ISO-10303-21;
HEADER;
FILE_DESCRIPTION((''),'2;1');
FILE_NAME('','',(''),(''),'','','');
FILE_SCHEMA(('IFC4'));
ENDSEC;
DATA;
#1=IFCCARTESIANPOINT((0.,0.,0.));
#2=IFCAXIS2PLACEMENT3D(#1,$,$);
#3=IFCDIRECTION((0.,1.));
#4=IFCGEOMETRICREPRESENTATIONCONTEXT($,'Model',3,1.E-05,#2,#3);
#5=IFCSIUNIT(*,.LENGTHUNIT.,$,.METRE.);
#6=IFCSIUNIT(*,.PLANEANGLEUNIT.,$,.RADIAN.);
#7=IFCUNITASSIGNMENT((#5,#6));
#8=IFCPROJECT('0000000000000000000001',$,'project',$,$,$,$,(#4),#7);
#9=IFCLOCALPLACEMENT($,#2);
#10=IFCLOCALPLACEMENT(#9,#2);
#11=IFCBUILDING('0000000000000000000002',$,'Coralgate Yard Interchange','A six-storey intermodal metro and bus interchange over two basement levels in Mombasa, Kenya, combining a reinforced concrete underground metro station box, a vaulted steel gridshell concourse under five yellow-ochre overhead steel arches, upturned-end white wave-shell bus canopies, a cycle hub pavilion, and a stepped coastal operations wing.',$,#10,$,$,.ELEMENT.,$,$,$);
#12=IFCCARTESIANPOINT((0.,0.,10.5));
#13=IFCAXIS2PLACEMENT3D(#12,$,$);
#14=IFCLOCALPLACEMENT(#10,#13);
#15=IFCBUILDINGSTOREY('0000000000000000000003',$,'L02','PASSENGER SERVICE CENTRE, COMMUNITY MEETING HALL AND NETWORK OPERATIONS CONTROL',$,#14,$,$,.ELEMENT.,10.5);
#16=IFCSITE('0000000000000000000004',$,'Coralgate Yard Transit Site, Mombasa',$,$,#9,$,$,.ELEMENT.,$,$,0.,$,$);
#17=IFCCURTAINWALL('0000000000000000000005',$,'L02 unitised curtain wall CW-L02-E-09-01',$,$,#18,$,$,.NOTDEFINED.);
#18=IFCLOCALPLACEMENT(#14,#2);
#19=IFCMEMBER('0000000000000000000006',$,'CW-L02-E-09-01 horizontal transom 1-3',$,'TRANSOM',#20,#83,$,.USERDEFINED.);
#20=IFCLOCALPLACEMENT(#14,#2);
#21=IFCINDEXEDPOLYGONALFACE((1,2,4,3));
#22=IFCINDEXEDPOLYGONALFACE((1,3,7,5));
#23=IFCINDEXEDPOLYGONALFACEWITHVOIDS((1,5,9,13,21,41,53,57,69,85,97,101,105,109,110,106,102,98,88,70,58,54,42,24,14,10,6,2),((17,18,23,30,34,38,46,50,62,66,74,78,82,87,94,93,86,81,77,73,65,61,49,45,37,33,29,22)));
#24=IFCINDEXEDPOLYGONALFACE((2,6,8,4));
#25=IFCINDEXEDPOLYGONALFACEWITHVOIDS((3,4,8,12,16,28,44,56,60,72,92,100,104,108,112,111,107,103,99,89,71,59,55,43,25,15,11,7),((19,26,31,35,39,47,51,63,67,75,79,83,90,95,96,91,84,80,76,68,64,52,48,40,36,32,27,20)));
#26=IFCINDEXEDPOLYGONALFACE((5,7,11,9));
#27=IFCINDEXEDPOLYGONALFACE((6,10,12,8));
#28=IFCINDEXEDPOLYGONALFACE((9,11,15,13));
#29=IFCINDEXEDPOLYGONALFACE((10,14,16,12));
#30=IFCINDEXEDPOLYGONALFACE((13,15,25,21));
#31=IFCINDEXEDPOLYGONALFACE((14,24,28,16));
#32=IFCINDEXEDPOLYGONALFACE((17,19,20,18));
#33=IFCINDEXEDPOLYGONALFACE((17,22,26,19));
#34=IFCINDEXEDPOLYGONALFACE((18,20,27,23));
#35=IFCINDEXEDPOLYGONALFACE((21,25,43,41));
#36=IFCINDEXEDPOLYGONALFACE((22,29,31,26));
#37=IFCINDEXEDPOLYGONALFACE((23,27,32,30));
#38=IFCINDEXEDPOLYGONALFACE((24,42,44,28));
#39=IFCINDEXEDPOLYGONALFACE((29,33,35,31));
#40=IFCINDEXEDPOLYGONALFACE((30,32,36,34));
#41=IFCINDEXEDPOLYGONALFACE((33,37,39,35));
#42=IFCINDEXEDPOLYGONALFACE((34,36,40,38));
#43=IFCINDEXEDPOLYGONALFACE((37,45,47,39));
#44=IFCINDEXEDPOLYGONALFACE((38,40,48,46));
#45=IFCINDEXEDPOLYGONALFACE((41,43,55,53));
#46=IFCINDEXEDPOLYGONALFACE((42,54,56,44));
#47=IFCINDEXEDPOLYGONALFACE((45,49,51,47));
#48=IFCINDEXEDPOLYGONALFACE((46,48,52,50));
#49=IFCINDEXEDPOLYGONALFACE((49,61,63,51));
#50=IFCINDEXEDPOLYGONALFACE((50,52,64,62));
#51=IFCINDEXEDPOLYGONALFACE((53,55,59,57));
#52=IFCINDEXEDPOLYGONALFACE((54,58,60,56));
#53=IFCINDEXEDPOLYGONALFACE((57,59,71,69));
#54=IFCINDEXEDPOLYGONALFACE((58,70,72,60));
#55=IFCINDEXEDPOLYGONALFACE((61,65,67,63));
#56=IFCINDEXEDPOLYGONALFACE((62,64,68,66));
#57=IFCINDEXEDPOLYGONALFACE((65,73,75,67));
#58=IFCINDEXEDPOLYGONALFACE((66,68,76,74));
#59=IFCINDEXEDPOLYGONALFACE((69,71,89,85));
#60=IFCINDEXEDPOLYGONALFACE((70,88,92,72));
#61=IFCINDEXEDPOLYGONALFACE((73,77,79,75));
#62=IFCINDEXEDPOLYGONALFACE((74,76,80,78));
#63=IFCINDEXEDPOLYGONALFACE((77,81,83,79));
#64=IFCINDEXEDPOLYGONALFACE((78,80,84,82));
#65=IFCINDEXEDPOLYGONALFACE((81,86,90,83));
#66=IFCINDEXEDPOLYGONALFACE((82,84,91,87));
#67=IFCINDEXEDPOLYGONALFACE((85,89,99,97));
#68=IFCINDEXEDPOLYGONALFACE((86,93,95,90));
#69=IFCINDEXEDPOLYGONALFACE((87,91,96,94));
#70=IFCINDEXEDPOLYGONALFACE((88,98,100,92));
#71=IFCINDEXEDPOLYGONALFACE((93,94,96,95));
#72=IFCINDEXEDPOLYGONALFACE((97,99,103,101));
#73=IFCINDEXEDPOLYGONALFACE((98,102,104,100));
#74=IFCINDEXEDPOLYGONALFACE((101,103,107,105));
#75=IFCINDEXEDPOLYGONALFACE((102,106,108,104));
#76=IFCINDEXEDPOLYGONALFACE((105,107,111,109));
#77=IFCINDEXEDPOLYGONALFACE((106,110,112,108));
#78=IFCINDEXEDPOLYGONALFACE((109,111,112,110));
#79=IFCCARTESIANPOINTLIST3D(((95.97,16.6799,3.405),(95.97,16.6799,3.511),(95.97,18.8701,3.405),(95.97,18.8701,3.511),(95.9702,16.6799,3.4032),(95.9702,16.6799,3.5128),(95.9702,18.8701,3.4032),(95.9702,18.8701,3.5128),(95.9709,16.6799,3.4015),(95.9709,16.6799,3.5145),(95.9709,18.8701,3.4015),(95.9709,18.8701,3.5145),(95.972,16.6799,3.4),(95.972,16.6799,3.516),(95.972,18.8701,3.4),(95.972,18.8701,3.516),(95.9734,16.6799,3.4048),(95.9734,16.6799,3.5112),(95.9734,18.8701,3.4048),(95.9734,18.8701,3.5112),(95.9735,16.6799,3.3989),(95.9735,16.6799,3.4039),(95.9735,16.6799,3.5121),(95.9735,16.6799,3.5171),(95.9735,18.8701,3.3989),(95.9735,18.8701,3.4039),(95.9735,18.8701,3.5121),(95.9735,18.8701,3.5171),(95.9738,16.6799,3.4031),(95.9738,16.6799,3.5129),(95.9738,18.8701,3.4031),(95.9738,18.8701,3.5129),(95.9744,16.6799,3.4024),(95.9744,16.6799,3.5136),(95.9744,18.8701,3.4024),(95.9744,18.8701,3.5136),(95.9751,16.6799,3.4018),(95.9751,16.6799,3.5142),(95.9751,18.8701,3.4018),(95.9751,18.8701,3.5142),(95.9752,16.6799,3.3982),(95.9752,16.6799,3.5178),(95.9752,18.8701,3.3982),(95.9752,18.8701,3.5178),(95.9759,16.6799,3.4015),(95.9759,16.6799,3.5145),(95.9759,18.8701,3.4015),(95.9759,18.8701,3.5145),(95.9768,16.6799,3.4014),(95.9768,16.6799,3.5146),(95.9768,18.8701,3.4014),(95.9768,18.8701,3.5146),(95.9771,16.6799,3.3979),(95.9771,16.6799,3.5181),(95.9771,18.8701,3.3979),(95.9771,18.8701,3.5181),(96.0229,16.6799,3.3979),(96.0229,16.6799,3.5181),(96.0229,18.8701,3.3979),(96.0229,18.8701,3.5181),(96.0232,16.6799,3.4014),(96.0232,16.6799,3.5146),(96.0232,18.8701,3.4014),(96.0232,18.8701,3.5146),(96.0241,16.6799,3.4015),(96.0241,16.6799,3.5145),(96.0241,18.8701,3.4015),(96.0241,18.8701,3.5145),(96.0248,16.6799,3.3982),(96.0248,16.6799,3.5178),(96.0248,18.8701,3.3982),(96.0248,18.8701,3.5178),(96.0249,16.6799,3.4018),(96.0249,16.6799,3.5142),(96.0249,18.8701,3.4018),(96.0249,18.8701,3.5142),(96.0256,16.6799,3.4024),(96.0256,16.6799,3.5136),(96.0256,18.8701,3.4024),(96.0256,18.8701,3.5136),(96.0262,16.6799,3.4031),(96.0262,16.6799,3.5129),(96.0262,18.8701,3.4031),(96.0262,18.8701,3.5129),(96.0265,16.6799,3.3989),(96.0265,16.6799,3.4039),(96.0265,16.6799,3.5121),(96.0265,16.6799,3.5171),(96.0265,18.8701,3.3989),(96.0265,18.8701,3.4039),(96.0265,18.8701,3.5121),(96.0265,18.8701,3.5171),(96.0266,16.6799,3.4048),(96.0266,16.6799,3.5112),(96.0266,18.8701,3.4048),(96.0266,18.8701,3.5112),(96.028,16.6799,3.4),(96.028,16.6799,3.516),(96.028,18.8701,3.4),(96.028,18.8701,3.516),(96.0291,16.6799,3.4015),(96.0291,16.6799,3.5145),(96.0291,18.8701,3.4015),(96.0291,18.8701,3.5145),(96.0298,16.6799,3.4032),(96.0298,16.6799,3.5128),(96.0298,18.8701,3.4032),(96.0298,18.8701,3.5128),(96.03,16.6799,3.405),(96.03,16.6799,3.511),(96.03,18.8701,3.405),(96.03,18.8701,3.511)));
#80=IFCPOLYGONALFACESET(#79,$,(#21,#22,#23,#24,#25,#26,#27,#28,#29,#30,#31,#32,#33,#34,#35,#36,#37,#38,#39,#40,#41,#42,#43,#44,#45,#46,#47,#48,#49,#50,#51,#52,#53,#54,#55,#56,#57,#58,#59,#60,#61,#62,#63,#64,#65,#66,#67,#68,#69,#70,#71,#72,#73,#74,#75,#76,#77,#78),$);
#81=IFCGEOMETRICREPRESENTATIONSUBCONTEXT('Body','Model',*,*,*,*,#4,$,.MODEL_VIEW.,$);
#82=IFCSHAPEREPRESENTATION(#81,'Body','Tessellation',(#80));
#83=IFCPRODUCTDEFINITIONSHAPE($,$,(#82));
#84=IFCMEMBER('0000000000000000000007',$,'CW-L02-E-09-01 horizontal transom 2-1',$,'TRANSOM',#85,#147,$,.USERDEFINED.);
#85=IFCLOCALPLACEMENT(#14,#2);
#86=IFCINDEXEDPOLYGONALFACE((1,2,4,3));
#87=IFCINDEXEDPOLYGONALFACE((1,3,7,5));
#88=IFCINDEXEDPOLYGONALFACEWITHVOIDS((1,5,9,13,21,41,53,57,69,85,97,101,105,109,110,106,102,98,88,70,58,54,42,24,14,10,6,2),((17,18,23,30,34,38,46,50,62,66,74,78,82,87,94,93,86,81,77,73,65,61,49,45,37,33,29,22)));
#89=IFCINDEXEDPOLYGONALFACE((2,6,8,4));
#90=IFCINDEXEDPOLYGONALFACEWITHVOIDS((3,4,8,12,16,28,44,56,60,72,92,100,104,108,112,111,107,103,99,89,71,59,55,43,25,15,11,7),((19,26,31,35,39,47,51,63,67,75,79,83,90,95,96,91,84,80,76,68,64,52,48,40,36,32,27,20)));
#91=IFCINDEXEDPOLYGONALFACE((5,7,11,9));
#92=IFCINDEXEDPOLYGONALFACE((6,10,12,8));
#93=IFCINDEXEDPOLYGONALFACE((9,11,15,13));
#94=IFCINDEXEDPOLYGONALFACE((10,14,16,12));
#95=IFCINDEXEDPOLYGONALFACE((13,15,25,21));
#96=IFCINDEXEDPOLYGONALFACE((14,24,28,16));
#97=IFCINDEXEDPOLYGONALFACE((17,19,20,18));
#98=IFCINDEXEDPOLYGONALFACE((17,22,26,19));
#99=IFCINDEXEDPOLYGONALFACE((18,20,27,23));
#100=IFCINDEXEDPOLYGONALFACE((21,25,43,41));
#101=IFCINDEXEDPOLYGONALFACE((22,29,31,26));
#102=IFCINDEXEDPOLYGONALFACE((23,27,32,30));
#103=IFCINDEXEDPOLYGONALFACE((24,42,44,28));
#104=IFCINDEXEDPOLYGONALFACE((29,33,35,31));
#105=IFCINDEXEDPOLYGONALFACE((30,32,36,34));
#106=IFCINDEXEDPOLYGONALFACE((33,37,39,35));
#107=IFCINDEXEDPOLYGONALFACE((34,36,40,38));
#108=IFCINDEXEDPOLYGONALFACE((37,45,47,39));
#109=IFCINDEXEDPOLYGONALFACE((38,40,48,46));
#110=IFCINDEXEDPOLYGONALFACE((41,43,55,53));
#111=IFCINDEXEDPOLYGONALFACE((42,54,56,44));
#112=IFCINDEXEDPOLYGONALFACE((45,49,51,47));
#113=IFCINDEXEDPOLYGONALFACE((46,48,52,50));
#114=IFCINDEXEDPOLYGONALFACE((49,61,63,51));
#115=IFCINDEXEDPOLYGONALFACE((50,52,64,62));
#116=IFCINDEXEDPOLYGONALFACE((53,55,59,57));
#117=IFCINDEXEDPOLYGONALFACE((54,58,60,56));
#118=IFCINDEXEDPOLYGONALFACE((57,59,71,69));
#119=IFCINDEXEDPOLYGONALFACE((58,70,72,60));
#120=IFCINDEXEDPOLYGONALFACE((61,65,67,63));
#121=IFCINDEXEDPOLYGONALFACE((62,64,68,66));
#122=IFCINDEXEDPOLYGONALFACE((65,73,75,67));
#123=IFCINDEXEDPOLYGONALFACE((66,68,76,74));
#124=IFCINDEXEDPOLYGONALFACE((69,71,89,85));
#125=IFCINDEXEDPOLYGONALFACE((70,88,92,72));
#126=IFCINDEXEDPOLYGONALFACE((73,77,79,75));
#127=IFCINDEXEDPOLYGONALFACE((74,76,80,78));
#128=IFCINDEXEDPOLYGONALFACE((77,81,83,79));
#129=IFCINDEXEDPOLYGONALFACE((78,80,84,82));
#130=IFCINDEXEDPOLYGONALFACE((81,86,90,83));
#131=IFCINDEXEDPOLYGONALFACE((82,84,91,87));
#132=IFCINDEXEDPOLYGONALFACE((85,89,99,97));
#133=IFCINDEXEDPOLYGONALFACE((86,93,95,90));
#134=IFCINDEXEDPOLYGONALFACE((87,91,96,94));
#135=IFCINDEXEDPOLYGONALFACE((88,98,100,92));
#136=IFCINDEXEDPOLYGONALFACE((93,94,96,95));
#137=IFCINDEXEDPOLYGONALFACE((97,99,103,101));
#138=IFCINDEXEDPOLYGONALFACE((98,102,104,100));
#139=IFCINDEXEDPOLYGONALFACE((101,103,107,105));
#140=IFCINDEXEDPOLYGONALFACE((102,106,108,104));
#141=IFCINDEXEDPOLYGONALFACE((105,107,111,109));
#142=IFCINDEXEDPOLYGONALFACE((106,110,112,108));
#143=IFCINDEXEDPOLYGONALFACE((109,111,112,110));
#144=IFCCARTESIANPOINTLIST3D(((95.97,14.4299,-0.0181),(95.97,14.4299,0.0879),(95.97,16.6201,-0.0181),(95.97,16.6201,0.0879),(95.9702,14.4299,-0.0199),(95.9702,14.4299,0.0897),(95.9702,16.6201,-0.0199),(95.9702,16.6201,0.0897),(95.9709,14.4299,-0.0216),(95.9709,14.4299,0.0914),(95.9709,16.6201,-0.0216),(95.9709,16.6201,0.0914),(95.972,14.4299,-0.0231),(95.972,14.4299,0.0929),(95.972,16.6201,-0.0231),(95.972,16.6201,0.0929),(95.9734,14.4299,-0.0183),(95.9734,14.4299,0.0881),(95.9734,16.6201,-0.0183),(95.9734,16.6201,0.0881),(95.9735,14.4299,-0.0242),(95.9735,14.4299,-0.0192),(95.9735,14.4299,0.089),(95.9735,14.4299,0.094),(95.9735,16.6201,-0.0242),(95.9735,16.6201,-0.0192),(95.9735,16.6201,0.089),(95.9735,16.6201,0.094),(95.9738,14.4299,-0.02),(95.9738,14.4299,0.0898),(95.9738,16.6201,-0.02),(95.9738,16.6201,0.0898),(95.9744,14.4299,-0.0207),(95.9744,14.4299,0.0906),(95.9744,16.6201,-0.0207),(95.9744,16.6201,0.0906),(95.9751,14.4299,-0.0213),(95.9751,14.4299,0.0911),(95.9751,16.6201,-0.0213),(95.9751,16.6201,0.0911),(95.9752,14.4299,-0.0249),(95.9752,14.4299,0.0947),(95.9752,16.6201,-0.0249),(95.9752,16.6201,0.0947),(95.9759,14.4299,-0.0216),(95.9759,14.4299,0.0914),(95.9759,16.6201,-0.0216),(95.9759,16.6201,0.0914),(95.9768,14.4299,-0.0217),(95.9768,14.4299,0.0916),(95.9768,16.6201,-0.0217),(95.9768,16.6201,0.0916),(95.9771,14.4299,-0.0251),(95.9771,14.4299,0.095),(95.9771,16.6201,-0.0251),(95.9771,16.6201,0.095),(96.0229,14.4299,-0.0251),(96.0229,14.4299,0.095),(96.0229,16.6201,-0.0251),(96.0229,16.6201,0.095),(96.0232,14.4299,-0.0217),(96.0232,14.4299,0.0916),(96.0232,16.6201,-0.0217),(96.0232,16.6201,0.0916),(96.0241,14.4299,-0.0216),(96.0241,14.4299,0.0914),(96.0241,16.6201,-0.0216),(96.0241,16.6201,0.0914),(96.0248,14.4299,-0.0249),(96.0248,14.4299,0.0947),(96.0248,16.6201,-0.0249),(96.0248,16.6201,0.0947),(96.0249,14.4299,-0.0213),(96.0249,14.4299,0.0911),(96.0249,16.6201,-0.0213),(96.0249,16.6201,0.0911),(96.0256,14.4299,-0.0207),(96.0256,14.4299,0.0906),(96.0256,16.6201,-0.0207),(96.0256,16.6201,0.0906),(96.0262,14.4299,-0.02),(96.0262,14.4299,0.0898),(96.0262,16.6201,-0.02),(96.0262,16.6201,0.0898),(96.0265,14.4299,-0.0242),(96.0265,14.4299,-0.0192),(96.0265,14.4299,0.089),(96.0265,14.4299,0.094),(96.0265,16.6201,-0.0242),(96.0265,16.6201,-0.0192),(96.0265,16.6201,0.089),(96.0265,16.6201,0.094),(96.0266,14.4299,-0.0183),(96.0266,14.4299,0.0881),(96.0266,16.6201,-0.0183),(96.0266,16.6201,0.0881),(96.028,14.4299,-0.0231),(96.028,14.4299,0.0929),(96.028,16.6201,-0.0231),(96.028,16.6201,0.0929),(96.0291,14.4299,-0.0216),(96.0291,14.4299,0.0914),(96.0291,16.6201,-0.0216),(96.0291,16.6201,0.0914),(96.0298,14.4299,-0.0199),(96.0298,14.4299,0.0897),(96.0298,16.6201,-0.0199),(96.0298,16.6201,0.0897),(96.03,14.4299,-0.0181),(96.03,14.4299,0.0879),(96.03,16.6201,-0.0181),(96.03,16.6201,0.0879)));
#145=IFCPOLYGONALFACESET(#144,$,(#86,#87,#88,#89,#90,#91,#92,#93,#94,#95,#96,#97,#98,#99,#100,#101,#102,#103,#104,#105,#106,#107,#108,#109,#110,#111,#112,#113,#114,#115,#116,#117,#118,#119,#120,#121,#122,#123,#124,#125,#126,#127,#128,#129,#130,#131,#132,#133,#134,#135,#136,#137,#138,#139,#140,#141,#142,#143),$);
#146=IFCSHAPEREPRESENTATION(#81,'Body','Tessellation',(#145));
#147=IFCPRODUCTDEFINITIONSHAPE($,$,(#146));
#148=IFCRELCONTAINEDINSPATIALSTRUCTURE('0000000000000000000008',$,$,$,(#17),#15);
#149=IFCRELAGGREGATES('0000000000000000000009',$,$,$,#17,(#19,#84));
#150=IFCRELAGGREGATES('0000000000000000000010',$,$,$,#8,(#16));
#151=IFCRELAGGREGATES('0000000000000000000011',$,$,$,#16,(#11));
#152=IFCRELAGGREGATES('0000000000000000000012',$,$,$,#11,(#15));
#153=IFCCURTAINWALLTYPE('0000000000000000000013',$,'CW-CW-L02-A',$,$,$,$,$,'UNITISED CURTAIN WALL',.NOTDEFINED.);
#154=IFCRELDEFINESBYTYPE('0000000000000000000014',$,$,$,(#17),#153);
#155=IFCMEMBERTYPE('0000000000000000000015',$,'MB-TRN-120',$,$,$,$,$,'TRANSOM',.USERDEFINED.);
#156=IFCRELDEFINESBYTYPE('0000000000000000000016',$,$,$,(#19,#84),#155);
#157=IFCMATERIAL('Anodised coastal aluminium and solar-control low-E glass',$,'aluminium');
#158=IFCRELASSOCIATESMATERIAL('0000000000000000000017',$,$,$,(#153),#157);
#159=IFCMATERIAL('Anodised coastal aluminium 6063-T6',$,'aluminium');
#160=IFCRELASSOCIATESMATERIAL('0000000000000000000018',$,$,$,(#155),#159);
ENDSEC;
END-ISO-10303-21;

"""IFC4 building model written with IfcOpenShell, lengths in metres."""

from ifc_helpers import new_model, si_unit, direction, frame, origin, origin_2d, place, context, subcontext, project, spatial, hollow_rectangle, extrude, material, material_profile, profile_set, type_object, element, aggregate, save


model = new_model("IFC4")

# Units and contexts
model_context = context("Model", 3, precision=1e-05, world=origin(), true_north=direction((0.0, 1.0)))
body_context = subcontext(model_context, "Body", "Model", "MODEL_VIEW")
ifc_project = project(units=[si_unit("LENGTHUNIT", "METRE"), si_unit("PLANEANGLEUNIT", "RADIAN")], contexts=[model_context])

# Site, building, storey
site_placement = place(None, origin())
site = spatial("IfcSite", under=ifc_project, at=site_placement, Name="Coralgate Yard Transit Site, Mombasa", CompositionType="ELEMENT", RefElevation=0.0)
building_placement = place(site_placement, origin())
building = spatial("IfcBuilding", under=site, at=building_placement, Name="Coralgate Yard Interchange", Description="A six-storey intermodal metro and bus interchange over two basement levels in Mombasa, Kenya, combining a reinforced concrete underground metro station box, a vaulted steel gridshell concourse under five yellow-ochre overhead steel arches, upturned-end white wave-shell bus canopies, a cycle hub pavilion, and a stepped coastal operations wing.", CompositionType="ELEMENT")
storey_placement = place(building_placement, frame((0.0, 0.0, 10.5)))
storey = spatial("IfcBuildingStorey", under=building, at=storey_placement, Name="L02", Description="PASSENGER SERVICE CENTRE, COMMUNITY MEETING HALL AND NETWORK OPERATIONS CONTROL", CompositionType="ELEMENT", Elevation=10.5)

# Shared definitions
ifc_material_1 = material(Name="Anodised coastal aluminium and solar-control low-E glass", Category="aluminium")
curtain_wall_type = type_object("IfcCurtainWallType", Name="CW-CW-L02-A", ElementType="UNITISED CURTAIN WALL", PredefinedType="NOTDEFINED", material=ifc_material_1)
ifc_material_2 = material(Name="Anodised coastal aluminium 6063-T6", Category="aluminium")

# Curtain wall
curtain_wall_1_placement = place(storey_placement, origin())
curtain_wall_1 = element("IfcCurtainWall", 1, at=curtain_wall_1_placement, inside=storey, type_object=curtain_wall_type, Name="L02 unitised curtain wall CW-L02-E-09-01", PredefinedType="NOTDEFINED")

# Members
ifc_material_profile_1 = material_profile(ifc_material_2, hollow_rectangle(XDim=0.0601, YDim=0.1201, WallThickness=0.0034, InnerFilletRadius=0.0034, OuterFilletRadius=0.0071, at=origin_2d()), Name="ALU 60x120x3.5")
ifc_profile_set_1 = profile_set([ifc_material_profile_1], Name="Anodised coastal aluminium 6063-T6")
member_type_1 = type_object("IfcMemberType", Name="MB-TRN-120", ElementType="TRANSOM", PredefinedType="USERDEFINED", material=ifc_profile_set_1)
member_1_placement = place(storey_placement, frame((96.0, 18.8701, 3.458), z_axis=(0.0, -1.0, 0.0), x_axis=(1.0, 0.0, 0.0)))
member_1 = element("IfcMember", 2, at=member_1_placement, type_object=member_type_1, Name="CW-L02-E-09-01 horizontal transom 1-3", ObjectType="TRANSOM", PredefinedType="USERDEFINED", context=body_context, shape_type="SweptSolid", body=[
    extrude(hollow_rectangle(XDim=0.0601, YDim=0.1201, WallThickness=0.0034, InnerFilletRadius=0.0034, OuterFilletRadius=0.0071, at=origin_2d()), origin(), (0.0, 0.0, 1.0), 2.1902),
])
member_2_placement = place(storey_placement, frame((96.0, 16.6201, 0.0349), z_axis=(0.0, -1.0, 0.0), x_axis=(1.0, 0.0, 0.0)))
member_2 = element("IfcMember", 3, at=member_2_placement, type_object=member_type_1, Name="CW-L02-E-09-01 horizontal transom 2-1", ObjectType="TRANSOM", PredefinedType="USERDEFINED", context=body_context, shape_type="SweptSolid", body=[
    extrude(hollow_rectangle(XDim=0.0601, YDim=0.1201, WallThickness=0.0034, InnerFilletRadius=0.0034, OuterFilletRadius=0.0071, at=origin_2d()), origin(), (0.0, 0.0, 1.0), 2.1902),
])

aggregate(curtain_wall_1, [member_1, member_2])

save(model, "model.ifc")
